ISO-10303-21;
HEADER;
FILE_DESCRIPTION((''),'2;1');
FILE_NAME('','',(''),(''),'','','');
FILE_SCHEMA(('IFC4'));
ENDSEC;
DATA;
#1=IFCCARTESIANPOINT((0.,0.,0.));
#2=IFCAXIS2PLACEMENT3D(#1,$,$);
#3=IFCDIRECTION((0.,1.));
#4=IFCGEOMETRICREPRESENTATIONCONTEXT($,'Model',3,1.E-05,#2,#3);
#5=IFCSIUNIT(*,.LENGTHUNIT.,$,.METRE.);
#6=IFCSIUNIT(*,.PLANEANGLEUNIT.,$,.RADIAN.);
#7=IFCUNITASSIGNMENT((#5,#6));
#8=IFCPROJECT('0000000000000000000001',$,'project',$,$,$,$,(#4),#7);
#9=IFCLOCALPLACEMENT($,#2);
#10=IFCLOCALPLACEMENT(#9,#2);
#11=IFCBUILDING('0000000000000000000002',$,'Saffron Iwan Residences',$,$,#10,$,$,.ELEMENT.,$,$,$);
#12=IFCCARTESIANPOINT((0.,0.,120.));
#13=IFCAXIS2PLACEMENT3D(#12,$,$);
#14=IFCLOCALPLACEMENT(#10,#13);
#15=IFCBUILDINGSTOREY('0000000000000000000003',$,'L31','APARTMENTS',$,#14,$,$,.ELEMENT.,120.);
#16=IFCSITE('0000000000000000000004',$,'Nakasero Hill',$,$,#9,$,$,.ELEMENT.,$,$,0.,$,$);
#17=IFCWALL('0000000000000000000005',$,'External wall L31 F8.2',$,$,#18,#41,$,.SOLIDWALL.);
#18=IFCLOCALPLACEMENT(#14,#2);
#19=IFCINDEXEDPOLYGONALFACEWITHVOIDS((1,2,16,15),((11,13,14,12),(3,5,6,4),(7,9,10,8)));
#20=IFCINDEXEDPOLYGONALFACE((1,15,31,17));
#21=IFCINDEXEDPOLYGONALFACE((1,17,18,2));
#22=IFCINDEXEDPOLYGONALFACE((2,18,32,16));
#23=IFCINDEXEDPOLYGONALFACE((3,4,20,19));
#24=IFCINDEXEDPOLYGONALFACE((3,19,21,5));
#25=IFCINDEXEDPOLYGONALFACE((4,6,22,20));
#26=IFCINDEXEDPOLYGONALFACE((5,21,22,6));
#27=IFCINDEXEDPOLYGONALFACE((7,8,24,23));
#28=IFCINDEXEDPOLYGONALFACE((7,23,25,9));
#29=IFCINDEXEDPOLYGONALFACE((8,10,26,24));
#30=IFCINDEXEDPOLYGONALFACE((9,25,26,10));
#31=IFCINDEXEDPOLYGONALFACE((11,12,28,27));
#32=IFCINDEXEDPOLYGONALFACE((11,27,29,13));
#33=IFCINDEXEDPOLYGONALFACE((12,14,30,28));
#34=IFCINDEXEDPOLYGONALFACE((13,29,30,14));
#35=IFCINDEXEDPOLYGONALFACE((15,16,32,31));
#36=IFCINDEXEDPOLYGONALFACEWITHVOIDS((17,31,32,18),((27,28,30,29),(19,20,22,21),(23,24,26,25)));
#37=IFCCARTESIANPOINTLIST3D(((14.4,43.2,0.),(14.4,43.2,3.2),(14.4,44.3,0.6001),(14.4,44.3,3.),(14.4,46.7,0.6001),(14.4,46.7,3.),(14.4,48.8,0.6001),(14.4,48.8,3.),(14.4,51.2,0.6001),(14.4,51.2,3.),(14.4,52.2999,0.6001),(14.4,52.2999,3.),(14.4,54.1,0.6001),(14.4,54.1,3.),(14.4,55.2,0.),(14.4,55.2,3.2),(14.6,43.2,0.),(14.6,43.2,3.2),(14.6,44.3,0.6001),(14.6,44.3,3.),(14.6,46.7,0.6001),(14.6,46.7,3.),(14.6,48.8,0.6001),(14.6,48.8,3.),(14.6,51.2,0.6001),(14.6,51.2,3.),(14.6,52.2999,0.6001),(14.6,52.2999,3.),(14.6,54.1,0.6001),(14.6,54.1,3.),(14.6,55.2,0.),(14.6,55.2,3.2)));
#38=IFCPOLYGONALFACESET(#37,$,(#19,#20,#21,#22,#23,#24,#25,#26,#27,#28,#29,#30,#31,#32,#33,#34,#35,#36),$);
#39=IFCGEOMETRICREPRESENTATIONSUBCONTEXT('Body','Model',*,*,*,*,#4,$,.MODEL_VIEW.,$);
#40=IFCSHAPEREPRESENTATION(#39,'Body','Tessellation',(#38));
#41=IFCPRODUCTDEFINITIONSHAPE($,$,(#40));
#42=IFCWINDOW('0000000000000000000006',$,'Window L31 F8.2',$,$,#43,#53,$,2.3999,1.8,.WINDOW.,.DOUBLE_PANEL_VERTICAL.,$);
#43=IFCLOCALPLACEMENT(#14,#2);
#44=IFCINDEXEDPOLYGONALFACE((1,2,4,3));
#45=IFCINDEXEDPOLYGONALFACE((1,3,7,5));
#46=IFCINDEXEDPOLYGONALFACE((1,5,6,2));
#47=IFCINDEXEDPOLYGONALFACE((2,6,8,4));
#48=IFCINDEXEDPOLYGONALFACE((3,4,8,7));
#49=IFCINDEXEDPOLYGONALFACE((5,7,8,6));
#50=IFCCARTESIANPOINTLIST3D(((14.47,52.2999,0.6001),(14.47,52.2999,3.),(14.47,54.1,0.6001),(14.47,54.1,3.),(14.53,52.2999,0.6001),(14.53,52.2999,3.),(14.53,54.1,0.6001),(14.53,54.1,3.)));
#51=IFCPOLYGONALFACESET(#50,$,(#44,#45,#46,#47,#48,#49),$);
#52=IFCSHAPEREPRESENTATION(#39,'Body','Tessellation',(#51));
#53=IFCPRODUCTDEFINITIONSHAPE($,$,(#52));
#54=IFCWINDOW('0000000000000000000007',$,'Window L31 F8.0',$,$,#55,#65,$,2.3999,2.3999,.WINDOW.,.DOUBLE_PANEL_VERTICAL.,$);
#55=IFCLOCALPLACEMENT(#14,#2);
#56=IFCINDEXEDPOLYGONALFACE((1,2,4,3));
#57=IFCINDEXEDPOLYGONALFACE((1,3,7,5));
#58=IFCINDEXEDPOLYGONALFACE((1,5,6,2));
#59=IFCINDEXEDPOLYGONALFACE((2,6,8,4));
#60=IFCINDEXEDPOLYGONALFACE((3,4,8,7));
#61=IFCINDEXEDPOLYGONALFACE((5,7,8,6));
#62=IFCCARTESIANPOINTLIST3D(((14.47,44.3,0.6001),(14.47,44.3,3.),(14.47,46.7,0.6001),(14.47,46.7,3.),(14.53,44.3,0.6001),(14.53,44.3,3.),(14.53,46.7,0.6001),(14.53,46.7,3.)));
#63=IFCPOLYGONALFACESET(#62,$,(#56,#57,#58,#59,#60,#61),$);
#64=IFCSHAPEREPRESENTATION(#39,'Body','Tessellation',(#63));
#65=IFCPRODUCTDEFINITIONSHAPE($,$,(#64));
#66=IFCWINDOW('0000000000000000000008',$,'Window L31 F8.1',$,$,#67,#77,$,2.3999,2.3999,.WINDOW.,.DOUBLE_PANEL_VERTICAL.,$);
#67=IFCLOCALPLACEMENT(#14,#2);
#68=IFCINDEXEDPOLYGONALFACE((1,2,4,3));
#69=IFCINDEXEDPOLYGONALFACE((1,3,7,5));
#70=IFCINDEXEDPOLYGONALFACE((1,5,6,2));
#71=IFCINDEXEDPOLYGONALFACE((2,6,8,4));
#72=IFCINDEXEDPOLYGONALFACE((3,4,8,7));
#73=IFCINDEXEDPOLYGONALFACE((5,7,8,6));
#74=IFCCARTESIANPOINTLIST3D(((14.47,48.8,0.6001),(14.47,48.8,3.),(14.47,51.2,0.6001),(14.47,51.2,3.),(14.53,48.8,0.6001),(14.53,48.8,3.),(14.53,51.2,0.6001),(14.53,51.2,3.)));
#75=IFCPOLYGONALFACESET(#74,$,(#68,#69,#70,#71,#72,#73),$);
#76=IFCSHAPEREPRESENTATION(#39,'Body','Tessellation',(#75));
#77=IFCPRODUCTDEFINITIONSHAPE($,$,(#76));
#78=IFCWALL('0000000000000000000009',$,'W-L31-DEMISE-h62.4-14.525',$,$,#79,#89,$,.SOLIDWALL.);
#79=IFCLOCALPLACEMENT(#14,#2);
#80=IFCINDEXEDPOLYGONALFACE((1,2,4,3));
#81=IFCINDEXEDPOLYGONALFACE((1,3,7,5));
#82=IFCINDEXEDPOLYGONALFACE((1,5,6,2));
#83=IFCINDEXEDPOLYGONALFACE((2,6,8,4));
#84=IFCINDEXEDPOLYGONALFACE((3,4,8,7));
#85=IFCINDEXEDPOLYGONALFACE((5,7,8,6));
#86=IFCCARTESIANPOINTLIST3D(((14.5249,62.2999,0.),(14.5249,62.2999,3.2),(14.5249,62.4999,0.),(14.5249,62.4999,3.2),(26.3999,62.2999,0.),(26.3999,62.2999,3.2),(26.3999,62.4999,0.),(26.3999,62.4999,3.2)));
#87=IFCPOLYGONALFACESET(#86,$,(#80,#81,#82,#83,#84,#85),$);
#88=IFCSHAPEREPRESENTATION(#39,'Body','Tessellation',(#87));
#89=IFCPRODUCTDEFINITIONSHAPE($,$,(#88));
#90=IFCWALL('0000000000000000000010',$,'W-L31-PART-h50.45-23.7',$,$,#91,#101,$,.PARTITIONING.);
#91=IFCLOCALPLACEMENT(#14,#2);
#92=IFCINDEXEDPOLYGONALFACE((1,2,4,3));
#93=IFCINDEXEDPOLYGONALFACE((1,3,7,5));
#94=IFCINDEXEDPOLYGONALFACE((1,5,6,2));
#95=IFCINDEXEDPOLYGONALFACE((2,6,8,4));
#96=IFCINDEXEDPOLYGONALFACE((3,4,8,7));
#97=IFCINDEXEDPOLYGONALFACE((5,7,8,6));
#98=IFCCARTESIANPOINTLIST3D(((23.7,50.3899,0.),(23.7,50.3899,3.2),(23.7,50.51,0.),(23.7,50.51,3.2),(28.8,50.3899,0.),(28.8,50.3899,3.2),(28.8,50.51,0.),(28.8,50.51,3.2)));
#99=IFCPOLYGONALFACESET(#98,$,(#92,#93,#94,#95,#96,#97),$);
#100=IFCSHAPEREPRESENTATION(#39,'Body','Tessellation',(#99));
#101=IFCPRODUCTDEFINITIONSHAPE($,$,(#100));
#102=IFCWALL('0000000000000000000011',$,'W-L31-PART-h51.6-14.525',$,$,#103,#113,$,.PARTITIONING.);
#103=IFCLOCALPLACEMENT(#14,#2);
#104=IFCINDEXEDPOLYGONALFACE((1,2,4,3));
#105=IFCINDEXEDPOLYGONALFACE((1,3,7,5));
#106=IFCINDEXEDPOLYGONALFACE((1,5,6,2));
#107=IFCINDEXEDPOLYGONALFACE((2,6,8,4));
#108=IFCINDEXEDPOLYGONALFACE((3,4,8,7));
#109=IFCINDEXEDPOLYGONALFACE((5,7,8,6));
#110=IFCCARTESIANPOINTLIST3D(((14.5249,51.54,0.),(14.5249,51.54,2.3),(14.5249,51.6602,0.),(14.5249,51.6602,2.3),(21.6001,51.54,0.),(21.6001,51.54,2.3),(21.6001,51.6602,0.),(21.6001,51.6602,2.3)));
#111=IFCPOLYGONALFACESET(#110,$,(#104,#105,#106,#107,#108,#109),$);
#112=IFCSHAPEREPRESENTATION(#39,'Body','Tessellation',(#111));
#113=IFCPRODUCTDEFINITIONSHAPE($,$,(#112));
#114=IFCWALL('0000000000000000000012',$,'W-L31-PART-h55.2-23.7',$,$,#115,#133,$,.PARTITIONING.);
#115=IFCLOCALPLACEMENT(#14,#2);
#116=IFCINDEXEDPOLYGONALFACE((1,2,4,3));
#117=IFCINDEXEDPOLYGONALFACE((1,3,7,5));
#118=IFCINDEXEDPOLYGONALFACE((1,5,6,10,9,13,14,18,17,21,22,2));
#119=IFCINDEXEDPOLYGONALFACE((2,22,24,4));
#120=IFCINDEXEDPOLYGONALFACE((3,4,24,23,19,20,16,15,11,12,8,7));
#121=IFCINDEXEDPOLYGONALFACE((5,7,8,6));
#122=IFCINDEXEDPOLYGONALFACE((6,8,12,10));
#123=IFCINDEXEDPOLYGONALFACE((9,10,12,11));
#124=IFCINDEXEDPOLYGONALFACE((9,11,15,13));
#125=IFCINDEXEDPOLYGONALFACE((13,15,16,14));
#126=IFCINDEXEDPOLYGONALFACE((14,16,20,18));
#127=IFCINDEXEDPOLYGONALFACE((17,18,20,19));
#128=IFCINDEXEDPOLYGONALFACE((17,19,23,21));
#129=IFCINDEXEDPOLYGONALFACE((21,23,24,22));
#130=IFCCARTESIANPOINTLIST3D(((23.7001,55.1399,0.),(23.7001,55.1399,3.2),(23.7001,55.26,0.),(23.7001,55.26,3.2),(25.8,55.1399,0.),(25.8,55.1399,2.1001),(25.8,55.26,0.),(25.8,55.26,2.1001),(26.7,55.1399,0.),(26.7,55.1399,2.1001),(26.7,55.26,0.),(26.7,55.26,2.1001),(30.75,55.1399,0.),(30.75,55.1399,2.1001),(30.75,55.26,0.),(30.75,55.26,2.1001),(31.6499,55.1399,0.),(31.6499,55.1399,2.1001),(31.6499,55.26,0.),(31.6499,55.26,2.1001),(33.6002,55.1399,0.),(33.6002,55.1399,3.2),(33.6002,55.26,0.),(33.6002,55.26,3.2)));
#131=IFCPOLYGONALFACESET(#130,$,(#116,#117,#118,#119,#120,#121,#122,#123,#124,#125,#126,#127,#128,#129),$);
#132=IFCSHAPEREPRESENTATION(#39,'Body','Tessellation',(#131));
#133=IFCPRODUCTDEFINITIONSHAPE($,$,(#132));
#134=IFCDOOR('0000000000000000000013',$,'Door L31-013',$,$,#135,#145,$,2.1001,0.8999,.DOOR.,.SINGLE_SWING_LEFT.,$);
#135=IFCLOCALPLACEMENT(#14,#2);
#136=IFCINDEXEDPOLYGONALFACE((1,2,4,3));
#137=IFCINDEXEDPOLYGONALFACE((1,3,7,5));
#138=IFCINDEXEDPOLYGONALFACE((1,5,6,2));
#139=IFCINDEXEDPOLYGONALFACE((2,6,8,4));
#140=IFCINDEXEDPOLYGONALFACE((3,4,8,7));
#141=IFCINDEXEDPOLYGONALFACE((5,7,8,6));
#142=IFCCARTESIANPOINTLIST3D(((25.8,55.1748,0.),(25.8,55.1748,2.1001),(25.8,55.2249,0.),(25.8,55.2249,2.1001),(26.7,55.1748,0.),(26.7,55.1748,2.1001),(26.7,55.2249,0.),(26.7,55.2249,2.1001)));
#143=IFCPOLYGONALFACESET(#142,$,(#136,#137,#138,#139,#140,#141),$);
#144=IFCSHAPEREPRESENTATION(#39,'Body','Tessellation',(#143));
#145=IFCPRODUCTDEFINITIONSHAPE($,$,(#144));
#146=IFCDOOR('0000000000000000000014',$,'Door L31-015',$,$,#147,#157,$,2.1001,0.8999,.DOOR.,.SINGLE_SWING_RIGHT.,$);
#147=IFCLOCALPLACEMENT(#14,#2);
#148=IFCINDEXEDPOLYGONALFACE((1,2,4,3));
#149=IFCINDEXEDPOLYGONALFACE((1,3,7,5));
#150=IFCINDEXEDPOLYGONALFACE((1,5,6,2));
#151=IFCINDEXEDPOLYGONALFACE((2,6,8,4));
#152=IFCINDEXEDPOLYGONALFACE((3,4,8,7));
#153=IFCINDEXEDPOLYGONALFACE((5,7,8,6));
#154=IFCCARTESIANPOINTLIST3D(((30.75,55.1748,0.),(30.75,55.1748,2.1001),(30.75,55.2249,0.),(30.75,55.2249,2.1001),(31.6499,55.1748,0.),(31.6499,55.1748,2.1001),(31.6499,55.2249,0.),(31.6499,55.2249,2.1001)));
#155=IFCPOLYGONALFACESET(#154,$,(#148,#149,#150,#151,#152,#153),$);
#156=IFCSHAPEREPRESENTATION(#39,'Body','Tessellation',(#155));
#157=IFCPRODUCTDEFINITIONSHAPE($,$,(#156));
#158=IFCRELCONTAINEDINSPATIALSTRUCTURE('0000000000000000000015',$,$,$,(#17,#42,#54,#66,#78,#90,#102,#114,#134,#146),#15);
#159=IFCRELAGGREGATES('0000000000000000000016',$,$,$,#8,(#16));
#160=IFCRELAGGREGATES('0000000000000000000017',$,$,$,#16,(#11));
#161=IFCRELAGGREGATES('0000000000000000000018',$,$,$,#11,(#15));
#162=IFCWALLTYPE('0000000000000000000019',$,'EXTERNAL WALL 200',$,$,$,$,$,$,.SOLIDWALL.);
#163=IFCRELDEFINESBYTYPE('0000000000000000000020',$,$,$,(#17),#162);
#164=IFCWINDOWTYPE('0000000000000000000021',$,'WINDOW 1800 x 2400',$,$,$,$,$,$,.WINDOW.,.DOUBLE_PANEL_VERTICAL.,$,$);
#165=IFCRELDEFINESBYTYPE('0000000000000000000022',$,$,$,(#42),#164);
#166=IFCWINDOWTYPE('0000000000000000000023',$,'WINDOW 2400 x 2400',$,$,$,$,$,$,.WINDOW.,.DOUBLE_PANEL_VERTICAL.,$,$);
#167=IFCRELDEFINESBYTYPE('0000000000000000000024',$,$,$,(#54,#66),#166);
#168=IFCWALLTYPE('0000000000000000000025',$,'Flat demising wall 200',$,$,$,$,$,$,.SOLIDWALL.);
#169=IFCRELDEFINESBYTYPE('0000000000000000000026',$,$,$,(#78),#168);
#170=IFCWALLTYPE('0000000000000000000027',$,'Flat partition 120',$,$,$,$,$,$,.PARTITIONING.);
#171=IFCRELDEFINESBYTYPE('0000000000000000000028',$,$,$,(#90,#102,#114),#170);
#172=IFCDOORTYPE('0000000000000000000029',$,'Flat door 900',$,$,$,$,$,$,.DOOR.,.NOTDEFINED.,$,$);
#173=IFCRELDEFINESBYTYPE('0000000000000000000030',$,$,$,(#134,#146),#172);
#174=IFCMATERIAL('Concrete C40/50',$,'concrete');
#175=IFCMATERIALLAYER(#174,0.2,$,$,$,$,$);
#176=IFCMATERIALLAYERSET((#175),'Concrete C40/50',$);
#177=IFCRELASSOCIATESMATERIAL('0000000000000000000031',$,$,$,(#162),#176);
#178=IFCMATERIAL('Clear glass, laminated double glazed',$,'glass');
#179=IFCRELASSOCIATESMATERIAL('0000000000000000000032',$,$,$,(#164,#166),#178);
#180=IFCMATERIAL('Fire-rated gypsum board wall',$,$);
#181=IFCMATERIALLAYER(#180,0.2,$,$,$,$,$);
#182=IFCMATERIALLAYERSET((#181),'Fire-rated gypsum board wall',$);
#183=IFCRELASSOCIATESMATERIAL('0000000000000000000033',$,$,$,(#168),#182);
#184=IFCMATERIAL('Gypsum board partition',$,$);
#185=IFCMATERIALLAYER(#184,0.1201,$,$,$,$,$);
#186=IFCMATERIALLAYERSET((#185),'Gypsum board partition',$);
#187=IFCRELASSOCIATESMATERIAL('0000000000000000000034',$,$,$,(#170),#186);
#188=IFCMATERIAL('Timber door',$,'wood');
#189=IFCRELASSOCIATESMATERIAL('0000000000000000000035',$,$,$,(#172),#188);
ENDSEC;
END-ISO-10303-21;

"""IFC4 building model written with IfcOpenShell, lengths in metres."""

from ifc_helpers import new_model, si_unit, direction, frame, frame_2d, origin, place, context, subcontext, project, spatial, rectangle, extrude, material, layer, layer_set, type_object, element, fill, save


model = new_model("IFC4")

# Units and contexts
model_context = context("Model", 3, precision=1e-05, world=origin(), true_north=direction((0.0, 1.0)))
body_context = subcontext(model_context, "Body", "Model", "MODEL_VIEW")
ifc_project = project(units=[si_unit("LENGTHUNIT", "METRE"), si_unit("PLANEANGLEUNIT", "RADIAN")], contexts=[model_context])

# Site, building, storey
site_placement = place(None, origin())
site = spatial("IfcSite", under=ifc_project, at=site_placement, Name="Nakasero Hill", CompositionType="ELEMENT", RefElevation=0.0)
building_placement = place(site_placement, origin())
building = spatial("IfcBuilding", under=site, at=building_placement, Name="Saffron Iwan Residences", CompositionType="ELEMENT")
storey_placement = place(building_placement, frame((0.0, 0.0, 120.0)))
storey = spatial("IfcBuildingStorey", under=building, at=storey_placement, Name="L31", Description="APARTMENTS", CompositionType="ELEMENT", Elevation=120.0)

# Shared definitions
ifc_material_1 = material(Name="Concrete C40/50", Category="concrete")
ifc_layer_1 = layer(ifc_material_1, 0.2)
ifc_layer_set_1 = layer_set([ifc_layer_1], Name="Concrete C40/50")
wall_type_1 = type_object("IfcWallType", Name="EXTERNAL WALL 200", PredefinedType="SOLIDWALL", material=ifc_layer_set_1)
ifc_material_2 = material(Name="Clear glass, laminated double glazed", Category="glass")
window_type_1 = type_object("IfcWindowType", Name="WINDOW 1800 x 2400", PartitioningType="DOUBLE_PANEL_VERTICAL", PredefinedType="WINDOW", material=ifc_material_2)

# Wall, openings, windows
wall_1_placement = place(storey_placement, frame((14.5, 55.2, 0.0), z_axis=(0.0, 0.0, 1.0), x_axis=(0.0, -1.0, 0.0)))
wall_1 = element("IfcWall", 1, at=wall_1_placement, inside=storey, type_object=wall_type_1, Name="External wall L31 F8.2", PredefinedType="SOLIDWALL", context=body_context, shape_type="SweptSolid", body=[
    extrude(rectangle(XDim=12.0, YDim=0.2, at=frame_2d((6.0, 0.0))), origin(), (0.0, 0.0, 1.0), 3.2),
])
opening_1_placement = place(wall_1_placement, frame((8.5, 0.0, 0.6001)))
opening_1 = element("IfcOpeningElement", 2, at=opening_1_placement, cuts=wall_1, PredefinedType="OPENING", context=body_context, shape_type="SweptSolid", body=[
    extrude(rectangle(XDim=2.3999, YDim=2.3999, at=frame_2d((1.2, 1.2))), frame((0.0, 0.1099, 0.0), z_axis=(0.0, -1.0, 0.0), x_axis=(1.0, 0.0, 0.0)), (0.0, 0.0, 1.0), 0.22),
])
opening_2_placement = place(wall_1_placement, frame((4.0, 0.0, 0.6001)))
opening_2 = element("IfcOpeningElement", 3, at=opening_2_placement, cuts=wall_1, PredefinedType="OPENING", context=body_context, shape_type="SweptSolid", body=[
    extrude(rectangle(XDim=2.3999, YDim=2.3999, at=frame_2d((1.2, 1.2))), frame((0.0, 0.1099, 0.0), z_axis=(0.0, -1.0, 0.0), x_axis=(1.0, 0.0, 0.0)), (0.0, 0.0, 1.0), 0.22),
])
opening_3_placement = place(wall_1_placement, frame((1.1001, 0.0, 0.6001)))
opening_3 = element("IfcOpeningElement", 4, at=opening_3_placement, cuts=wall_1, PredefinedType="OPENING", context=body_context, shape_type="SweptSolid", body=[
    extrude(rectangle(XDim=1.8, YDim=2.3999, at=frame_2d((0.8999, 1.2))), frame((0.0, 0.1099, 0.0), z_axis=(0.0, -1.0, 0.0), x_axis=(1.0, 0.0, 0.0)), (0.0, 0.0, 1.0), 0.22),
])
window_1_placement = place(opening_3_placement, origin())
window_1 = element("IfcWindow", 5, at=window_1_placement, inside=storey, type_object=window_type_1, Name="Window L31 F8.2", OverallHeight=2.3999, OverallWidth=1.8, PartitioningType="DOUBLE_PANEL_VERTICAL", PredefinedType="WINDOW", context=body_context, shape_type="SweptSolid", body=[
    extrude(rectangle(XDim=1.8, YDim=2.3999, at=frame_2d((0.8999, 1.2))), frame((0.0, 0.03, 0.0), z_axis=(0.0, -1.0, 0.0), x_axis=(1.0, 0.0, 0.0)), (0.0, 0.0, 1.0), 0.0601),
])
fill(opening_3, window_1)
window_type_2 = type_object("IfcWindowType", Name="WINDOW 2400 x 2400", PartitioningType="DOUBLE_PANEL_VERTICAL", PredefinedType="WINDOW", material=ifc_material_2)
window_2_placement = place(opening_1_placement, origin())
window_2 = element("IfcWindow", 6, at=window_2_placement, inside=storey, type_object=window_type_2, Name="Window L31 F8.0", OverallHeight=2.3999, OverallWidth=2.3999, PartitioningType="DOUBLE_PANEL_VERTICAL", PredefinedType="WINDOW", context=body_context, shape_type="SweptSolid", body=[
    extrude(rectangle(XDim=2.3999, YDim=2.3999, at=frame_2d((1.2, 1.2))), frame((0.0, 0.03, 0.0), z_axis=(0.0, -1.0, 0.0), x_axis=(1.0, 0.0, 0.0)), (0.0, 0.0, 1.0), 0.0601),
])
fill(opening_1, window_2)
window_3_placement = place(opening_2_placement, origin())
window_3 = element("IfcWindow", 7, at=window_3_placement, inside=storey, type_object=window_type_2, Name="Window L31 F8.1", OverallHeight=2.3999, OverallWidth=2.3999, PartitioningType="DOUBLE_PANEL_VERTICAL", PredefinedType="WINDOW", context=body_context, shape_type="SweptSolid", body=[
    extrude(rectangle(XDim=2.3999, YDim=2.3999, at=frame_2d((1.2, 1.2))), frame((0.0, 0.03, 0.0), z_axis=(0.0, -1.0, 0.0), x_axis=(1.0, 0.0, 0.0)), (0.0, 0.0, 1.0), 0.0601),
])
fill(opening_2, window_3)

# Walls
ifc_material_3 = material(Name="Fire-rated gypsum board wall")
ifc_layer_2 = layer(ifc_material_3, 0.2)
ifc_layer_set_2 = layer_set([ifc_layer_2], Name="Fire-rated gypsum board wall")
wall_type_2 = type_object("IfcWallType", Name="Flat demising wall 200", PredefinedType="SOLIDWALL", material=ifc_layer_set_2)
wall_2_placement = place(storey_placement, frame((14.5249, 62.3999, 0.0), z_axis=(0.0, 0.0, 1.0), x_axis=(1.0, 0.0, 0.0)))
element("IfcWall", 8, at=wall_2_placement, inside=storey, type_object=wall_type_2, Name="W-L31-DEMISE-h62.4-14.525", PredefinedType="SOLIDWALL", context=body_context, shape_type="SweptSolid", body=[
    extrude(rectangle(XDim=11.875, YDim=0.2, at=frame_2d((5.9375, 0.0))), origin(), (0.0, 0.0, 1.0), 3.2),
])
ifc_material_4 = material(Name="Gypsum board partition")
ifc_layer_3 = layer(ifc_material_4, 0.1201)
ifc_layer_set_3 = layer_set([ifc_layer_3], Name="Gypsum board partition")
wall_type_3 = type_object("IfcWallType", Name="Flat partition 120", PredefinedType="PARTITIONING", material=ifc_layer_set_3)
wall_3_placement = place(storey_placement, frame((23.7, 50.45, 0.0), z_axis=(0.0, 0.0, 1.0), x_axis=(1.0, 0.0, 0.0)))
element("IfcWall", 9, at=wall_3_placement, inside=storey, type_object=wall_type_3, Name="W-L31-PART-h50.45-23.7", PredefinedType="PARTITIONING", context=body_context, shape_type="SweptSolid", body=[
    extrude(rectangle(XDim=5.1001, YDim=0.1201, at=frame_2d((2.55, 0.0))), origin(), (0.0, 0.0, 1.0), 3.2),
])
wall_4_placement = place(storey_placement, frame((14.5249, 51.6001, 0.0), z_axis=(0.0, 0.0, 1.0), x_axis=(1.0, 0.0, 0.0)))
element("IfcWall", 10, at=wall_4_placement, inside=storey, type_object=wall_type_3, Name="W-L31-PART-h51.6-14.525", PredefinedType="PARTITIONING", context=body_context, shape_type="SweptSolid", body=[
    extrude(rectangle(XDim=7.0752, YDim=0.1201, at=frame_2d((3.5376, 0.0))), origin(), (0.0, 0.0, 1.0), 2.3),
])

# Wall, openings, doors
wall_5_placement = place(storey_placement, frame((23.7, 55.2, 0.0), z_axis=(0.0, 0.0, 1.0), x_axis=(1.0, 0.0, 0.0)))
wall_5 = element("IfcWall", 11, at=wall_5_placement, inside=storey, type_object=wall_type_3, Name="W-L31-PART-h55.2-23.7", PredefinedType="PARTITIONING", context=body_context, shape_type="SweptSolid", body=[
    extrude(rectangle(XDim=9.9001, YDim=0.1201, at=frame_2d((4.9502, 0.0))), origin(), (0.0, 0.0, 1.0), 3.2),
])
opening_4_placement = place(wall_5_placement, frame((2.1001, 0.0, 0.0)))
opening_4 = element("IfcOpeningElement", 12, at=opening_4_placement, cuts=wall_5, PredefinedType="OPENING", context=body_context, shape_type="SweptSolid", body=[
    extrude(rectangle(XDim=0.8999, YDim=2.1001, at=frame_2d((0.45, 1.05))), frame((0.0, 0.0701, 0.0), z_axis=(0.0, -1.0, 0.0), x_axis=(1.0, 0.0, 0.0)), (0.0, 0.0, 1.0), 0.1401),
])
opening_5_placement = place(wall_5_placement, frame((7.05, 0.0, 0.0)))
opening_5 = element("IfcOpeningElement", 13, at=opening_5_placement, cuts=wall_5, PredefinedType="OPENING", context=body_context, shape_type="SweptSolid", body=[
    extrude(rectangle(XDim=0.8999, YDim=2.1001, at=frame_2d((0.45, 1.05))), frame((0.0, 0.0701, 0.0), z_axis=(0.0, -1.0, 0.0), x_axis=(1.0, 0.0, 0.0)), (0.0, 0.0, 1.0), 0.1401),
])
ifc_material_5 = material(Name="Timber door", Category="wood")
door_type_1 = type_object("IfcDoorType", Name="Flat door 900", OperationType="NOTDEFINED", PredefinedType="DOOR", material=ifc_material_5)
door_1_placement = place(opening_4_placement, origin())
door_1 = element("IfcDoor", 14, at=door_1_placement, inside=storey, type_object=door_type_1, Name="Door L31-013", OperationType="SINGLE_SWING_LEFT", OverallHeight=2.1001, OverallWidth=0.8999, PredefinedType="DOOR", context=body_context, shape_type="SweptSolid", body=[
    extrude(rectangle(XDim=0.8999, YDim=2.1001, at=frame_2d((0.45, 1.05))), frame((0.0, 0.0249, 0.0), z_axis=(0.0, -1.0, 0.0), x_axis=(1.0, 0.0, 0.0)), (0.0, 0.0, 1.0), 0.05),
])
fill(opening_4, door_1)
door_2_placement = place(opening_5_placement, origin())
door_2 = element("IfcDoor", 15, at=door_2_placement, inside=storey, type_object=door_type_1, Name="Door L31-015", OperationType="SINGLE_SWING_RIGHT", OverallHeight=2.1001, OverallWidth=0.8999, PredefinedType="DOOR", context=body_context, shape_type="SweptSolid", body=[
    extrude(rectangle(XDim=0.8999, YDim=2.1001, at=frame_2d((0.45, 1.05))), frame((0.0, 0.0249, 0.0), z_axis=(0.0, -1.0, 0.0), x_axis=(1.0, 0.0, 0.0)), (0.0, 0.0, 1.0), 0.05),
])
fill(opening_5, door_2)

save(model, "model.ifc")
